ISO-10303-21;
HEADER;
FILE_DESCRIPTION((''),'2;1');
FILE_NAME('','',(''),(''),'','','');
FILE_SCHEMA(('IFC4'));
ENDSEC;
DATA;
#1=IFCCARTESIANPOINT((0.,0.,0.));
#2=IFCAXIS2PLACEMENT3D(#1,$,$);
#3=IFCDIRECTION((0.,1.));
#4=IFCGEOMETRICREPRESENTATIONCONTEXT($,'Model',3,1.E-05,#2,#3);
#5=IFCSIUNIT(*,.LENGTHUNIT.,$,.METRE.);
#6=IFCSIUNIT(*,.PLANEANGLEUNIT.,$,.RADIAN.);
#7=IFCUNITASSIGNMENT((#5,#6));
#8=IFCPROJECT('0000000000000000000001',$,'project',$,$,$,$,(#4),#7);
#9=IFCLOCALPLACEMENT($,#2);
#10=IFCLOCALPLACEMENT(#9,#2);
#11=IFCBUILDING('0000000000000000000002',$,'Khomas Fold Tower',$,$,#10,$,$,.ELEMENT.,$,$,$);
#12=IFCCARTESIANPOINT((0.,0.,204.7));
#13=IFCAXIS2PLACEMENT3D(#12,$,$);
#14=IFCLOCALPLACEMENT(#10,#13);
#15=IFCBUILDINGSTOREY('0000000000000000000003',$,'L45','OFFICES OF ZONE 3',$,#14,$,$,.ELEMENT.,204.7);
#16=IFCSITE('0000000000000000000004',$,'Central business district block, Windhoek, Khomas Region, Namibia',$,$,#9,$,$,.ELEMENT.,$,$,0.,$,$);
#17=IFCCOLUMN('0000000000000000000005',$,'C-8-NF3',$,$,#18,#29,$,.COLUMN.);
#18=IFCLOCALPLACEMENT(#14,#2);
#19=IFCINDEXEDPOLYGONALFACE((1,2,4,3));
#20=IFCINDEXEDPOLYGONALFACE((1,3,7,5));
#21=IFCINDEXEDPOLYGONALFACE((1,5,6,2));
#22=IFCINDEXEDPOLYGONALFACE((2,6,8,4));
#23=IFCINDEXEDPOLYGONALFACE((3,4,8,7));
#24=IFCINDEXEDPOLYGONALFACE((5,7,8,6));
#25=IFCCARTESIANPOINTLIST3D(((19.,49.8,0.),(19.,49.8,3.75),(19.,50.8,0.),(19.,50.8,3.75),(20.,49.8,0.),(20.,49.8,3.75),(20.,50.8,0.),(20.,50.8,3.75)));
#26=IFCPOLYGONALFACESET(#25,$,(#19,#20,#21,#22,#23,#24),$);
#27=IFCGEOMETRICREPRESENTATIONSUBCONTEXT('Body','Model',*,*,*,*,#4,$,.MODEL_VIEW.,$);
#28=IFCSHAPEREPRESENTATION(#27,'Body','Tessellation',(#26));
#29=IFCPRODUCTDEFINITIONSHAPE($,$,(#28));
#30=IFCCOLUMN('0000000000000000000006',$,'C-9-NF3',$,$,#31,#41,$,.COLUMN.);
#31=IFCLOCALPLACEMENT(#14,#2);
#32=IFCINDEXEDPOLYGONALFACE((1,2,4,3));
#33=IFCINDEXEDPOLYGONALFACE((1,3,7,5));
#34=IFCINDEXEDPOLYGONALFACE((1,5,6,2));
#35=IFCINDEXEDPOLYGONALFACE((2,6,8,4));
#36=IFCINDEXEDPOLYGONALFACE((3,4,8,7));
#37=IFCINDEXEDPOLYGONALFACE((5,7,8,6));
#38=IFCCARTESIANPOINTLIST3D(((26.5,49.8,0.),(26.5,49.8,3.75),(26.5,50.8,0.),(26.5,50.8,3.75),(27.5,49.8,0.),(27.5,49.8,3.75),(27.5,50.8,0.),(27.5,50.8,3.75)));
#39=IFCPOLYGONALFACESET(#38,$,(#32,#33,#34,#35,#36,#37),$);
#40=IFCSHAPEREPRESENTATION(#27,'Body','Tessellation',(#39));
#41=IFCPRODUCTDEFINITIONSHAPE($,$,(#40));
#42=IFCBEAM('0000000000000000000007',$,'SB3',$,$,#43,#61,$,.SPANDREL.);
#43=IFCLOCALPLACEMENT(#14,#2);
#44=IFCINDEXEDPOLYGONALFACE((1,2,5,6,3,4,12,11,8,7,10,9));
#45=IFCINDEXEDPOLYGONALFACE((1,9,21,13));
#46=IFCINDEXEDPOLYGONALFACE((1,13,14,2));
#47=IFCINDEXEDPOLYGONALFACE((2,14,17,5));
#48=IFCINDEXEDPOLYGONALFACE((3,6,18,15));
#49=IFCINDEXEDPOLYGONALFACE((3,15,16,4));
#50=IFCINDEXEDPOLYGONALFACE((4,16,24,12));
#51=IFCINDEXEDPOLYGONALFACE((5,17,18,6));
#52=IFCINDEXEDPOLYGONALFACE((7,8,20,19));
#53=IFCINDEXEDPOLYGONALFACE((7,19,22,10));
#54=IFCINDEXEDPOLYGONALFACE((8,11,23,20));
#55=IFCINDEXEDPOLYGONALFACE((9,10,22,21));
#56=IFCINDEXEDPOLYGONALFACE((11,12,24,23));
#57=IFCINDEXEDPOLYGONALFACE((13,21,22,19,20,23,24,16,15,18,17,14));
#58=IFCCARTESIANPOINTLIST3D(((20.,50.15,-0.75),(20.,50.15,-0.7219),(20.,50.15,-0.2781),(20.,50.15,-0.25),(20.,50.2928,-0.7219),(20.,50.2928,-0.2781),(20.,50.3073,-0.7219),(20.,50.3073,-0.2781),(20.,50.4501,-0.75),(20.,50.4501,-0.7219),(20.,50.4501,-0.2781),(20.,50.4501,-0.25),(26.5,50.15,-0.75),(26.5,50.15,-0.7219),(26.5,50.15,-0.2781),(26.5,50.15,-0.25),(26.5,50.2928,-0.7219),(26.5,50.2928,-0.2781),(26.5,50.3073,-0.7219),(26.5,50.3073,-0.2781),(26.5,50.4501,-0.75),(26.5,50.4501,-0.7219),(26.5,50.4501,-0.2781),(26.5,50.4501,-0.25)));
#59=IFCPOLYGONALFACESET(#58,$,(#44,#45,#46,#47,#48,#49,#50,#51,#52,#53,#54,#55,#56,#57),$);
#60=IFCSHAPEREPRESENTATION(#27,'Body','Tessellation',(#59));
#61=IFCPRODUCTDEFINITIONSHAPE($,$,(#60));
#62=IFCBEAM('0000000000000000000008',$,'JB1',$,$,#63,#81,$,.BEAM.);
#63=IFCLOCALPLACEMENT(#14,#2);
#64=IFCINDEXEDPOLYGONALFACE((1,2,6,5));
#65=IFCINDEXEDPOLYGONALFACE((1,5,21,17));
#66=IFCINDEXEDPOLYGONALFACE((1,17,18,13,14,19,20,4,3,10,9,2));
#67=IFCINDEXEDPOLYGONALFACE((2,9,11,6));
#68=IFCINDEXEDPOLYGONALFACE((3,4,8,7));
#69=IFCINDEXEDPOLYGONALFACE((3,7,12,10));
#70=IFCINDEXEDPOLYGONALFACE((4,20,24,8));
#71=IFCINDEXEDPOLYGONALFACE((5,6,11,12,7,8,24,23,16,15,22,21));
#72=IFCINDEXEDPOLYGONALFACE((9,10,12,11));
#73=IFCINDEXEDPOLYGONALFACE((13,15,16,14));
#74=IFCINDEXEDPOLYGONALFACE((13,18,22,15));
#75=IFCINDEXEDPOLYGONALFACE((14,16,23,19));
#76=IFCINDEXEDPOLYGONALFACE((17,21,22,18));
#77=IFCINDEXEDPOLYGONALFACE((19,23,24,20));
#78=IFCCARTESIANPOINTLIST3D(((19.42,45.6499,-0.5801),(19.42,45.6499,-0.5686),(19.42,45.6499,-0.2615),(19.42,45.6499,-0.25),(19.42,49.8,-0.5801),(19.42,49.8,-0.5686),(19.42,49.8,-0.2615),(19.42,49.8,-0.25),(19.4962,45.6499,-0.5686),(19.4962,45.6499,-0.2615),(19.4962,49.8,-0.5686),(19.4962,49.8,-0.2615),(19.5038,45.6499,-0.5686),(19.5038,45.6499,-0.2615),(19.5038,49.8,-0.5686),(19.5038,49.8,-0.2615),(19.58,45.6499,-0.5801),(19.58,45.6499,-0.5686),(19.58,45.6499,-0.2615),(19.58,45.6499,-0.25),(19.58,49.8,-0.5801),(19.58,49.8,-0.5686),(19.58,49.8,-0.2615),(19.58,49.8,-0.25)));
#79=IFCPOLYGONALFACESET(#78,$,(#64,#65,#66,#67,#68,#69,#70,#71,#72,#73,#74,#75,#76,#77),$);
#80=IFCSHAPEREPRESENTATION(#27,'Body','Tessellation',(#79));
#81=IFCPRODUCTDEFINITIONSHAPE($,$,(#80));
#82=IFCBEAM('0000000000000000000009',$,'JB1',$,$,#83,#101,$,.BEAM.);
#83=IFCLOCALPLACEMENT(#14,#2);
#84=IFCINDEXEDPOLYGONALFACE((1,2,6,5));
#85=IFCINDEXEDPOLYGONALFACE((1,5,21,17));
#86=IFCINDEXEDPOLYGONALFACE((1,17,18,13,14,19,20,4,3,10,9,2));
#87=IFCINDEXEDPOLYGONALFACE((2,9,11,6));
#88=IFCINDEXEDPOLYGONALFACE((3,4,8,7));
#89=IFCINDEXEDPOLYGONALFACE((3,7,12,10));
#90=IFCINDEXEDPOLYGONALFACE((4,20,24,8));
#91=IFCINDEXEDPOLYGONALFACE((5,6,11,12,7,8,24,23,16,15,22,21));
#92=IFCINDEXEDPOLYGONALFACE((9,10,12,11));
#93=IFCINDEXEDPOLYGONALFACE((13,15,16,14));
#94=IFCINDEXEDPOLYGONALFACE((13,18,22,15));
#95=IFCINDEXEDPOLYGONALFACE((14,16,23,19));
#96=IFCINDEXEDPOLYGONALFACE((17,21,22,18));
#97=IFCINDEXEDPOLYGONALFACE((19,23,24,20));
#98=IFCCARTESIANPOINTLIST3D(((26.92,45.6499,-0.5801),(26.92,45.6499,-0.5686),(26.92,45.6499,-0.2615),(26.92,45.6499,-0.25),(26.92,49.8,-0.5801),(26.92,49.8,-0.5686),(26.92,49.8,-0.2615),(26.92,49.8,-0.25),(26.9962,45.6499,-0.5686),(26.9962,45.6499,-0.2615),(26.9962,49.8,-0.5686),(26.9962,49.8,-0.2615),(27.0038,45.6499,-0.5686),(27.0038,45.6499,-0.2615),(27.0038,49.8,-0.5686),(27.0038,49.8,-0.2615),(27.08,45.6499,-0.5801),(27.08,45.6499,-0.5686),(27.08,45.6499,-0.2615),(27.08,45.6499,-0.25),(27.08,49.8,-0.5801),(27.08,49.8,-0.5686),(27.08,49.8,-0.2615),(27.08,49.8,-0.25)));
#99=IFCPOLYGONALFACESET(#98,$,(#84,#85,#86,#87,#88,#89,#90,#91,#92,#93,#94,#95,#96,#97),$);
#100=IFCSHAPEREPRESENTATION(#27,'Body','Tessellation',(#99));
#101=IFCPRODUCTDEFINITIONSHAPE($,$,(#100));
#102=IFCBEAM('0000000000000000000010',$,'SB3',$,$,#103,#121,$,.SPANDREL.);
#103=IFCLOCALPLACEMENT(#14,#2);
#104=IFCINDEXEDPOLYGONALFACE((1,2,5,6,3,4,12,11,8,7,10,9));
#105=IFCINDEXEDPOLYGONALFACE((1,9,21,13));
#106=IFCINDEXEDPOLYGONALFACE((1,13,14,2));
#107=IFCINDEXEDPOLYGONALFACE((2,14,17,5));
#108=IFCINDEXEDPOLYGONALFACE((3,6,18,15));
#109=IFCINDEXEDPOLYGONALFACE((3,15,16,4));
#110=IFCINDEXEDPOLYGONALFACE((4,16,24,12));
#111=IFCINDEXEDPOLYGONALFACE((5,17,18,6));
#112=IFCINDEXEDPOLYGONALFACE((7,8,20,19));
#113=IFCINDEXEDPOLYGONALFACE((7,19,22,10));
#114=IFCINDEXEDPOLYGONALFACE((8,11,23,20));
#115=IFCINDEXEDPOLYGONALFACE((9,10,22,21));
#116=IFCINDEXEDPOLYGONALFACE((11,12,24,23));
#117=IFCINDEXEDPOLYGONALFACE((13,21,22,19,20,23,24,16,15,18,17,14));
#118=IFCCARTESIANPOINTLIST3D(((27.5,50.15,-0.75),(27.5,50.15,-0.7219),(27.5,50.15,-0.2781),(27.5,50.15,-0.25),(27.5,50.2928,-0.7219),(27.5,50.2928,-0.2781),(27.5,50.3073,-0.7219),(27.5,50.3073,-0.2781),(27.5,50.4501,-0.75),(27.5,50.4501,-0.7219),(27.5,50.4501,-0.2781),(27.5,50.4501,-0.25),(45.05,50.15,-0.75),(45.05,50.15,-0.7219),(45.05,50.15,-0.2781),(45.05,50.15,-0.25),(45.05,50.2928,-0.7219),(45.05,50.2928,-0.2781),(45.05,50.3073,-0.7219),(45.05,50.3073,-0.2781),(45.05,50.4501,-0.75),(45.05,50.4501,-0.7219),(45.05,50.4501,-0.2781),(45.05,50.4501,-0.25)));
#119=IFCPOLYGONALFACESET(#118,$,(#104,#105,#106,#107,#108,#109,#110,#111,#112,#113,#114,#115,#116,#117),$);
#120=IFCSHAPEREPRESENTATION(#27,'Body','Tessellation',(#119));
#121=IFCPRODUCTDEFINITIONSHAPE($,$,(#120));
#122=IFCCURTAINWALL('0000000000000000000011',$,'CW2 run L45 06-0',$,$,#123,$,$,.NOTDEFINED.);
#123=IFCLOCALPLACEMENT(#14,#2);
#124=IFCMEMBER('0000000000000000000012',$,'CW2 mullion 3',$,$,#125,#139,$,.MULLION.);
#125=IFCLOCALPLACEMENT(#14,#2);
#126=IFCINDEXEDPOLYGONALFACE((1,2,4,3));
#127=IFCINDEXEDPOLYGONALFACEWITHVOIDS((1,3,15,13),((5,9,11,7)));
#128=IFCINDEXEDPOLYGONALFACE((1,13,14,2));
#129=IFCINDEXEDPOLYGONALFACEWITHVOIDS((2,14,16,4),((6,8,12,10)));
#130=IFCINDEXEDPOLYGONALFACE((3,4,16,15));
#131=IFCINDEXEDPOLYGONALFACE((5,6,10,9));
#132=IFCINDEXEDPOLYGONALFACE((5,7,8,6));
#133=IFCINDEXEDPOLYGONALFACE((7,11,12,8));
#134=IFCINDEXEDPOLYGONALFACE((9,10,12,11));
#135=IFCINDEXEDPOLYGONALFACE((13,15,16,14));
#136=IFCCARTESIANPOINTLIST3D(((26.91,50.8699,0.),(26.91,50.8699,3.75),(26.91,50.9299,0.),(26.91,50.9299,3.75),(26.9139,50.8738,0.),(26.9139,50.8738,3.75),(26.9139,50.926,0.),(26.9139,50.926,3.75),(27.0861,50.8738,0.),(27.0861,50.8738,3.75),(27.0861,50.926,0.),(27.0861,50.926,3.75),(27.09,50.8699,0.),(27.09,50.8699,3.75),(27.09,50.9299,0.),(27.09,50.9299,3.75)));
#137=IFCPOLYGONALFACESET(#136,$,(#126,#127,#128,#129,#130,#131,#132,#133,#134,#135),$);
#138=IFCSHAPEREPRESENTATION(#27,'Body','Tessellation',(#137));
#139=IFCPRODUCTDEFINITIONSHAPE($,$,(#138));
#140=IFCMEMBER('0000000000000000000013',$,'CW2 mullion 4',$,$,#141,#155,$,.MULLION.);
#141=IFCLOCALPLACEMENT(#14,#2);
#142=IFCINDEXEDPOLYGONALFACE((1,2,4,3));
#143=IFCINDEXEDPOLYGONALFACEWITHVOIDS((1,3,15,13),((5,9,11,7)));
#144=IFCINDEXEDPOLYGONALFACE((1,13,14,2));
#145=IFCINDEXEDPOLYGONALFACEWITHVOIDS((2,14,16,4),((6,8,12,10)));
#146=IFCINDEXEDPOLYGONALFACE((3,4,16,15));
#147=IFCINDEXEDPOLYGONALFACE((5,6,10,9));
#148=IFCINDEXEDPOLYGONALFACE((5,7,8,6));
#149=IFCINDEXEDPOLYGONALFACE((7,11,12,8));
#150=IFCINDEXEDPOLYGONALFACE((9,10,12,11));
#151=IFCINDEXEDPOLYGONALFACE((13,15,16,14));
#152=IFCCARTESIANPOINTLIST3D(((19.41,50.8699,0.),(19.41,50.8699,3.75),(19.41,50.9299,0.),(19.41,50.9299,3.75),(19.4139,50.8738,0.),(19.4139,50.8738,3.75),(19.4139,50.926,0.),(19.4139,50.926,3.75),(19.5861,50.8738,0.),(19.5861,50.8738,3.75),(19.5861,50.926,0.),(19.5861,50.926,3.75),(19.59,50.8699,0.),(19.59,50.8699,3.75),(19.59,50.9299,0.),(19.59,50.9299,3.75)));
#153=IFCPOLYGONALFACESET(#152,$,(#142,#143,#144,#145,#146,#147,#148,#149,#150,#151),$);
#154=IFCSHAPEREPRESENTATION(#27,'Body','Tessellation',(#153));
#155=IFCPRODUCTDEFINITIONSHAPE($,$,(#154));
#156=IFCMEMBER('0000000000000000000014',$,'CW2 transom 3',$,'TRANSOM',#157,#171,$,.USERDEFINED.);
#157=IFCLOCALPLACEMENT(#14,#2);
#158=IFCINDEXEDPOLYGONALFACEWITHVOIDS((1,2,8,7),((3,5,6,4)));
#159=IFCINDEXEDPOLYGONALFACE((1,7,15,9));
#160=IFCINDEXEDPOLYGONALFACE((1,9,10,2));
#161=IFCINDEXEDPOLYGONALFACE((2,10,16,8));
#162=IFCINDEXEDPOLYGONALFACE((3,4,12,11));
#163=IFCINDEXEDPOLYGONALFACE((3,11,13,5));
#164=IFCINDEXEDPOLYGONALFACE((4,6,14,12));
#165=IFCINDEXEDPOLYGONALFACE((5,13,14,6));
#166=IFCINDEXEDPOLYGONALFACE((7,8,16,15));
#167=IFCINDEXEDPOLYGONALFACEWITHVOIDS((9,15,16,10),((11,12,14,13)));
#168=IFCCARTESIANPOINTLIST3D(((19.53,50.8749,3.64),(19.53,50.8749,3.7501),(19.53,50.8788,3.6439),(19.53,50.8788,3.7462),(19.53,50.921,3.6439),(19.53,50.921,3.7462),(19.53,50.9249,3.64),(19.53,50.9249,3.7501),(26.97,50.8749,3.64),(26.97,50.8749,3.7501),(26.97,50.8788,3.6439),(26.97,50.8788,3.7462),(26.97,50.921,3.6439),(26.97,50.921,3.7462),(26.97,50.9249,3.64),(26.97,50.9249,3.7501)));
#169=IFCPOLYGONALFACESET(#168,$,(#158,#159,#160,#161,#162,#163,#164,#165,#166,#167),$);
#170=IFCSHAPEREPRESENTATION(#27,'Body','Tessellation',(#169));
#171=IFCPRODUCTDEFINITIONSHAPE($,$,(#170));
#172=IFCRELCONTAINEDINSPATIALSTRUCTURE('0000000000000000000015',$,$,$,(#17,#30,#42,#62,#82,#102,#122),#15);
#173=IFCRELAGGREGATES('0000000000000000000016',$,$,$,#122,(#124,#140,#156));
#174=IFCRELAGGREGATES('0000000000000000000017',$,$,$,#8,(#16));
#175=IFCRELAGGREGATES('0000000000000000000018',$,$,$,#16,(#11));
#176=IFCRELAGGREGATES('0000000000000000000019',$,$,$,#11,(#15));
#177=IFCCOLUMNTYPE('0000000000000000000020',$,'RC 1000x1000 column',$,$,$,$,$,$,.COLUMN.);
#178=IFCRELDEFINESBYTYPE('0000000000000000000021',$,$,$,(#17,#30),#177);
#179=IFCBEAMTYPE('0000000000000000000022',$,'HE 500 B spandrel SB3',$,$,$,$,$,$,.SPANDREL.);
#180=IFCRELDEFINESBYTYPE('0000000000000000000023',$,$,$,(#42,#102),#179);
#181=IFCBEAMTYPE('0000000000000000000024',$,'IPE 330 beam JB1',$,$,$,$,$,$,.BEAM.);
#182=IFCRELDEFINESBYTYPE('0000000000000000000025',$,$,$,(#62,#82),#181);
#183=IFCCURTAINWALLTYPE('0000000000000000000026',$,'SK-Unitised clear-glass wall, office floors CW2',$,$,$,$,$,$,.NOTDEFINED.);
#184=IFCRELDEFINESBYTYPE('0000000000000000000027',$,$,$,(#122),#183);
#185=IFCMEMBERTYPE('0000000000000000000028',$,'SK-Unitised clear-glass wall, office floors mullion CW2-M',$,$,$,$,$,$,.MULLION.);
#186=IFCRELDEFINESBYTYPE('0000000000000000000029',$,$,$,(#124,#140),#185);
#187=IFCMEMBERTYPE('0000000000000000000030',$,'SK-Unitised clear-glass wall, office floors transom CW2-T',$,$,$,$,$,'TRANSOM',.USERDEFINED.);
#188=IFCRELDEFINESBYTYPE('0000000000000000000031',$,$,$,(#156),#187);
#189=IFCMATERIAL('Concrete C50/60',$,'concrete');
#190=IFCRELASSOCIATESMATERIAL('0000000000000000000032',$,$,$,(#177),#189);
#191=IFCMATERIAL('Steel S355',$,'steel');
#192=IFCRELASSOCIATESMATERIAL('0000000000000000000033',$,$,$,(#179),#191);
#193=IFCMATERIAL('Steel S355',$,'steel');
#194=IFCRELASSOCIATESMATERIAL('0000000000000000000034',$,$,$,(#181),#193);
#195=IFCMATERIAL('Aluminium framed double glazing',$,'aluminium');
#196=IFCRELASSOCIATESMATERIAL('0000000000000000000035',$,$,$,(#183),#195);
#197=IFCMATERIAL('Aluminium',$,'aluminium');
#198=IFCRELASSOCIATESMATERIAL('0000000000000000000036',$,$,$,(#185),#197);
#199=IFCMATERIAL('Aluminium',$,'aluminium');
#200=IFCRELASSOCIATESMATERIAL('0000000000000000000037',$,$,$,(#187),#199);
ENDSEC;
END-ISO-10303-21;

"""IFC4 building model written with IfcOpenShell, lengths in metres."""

from ifc_helpers import new_model, si_unit, direction, frame, origin, origin_2d, place, context, subcontext, project, spatial, rectangle, hollow_rectangle, i_section, extrude, source, transform, mapped, material, material_profile, profile_set, type_object, element, aggregate, save


model = new_model("IFC4")

# Units and contexts
model_context = context("Model", 3, precision=1e-05, world=origin(), true_north=direction((0.0, 1.0)))
body_context = subcontext(model_context, "Body", "Model", "MODEL_VIEW")
ifc_project = project(units=[si_unit("LENGTHUNIT", "METRE"), si_unit("PLANEANGLEUNIT", "RADIAN")], contexts=[model_context])

# Site, building, storey
site_placement = place(None, origin())
site = spatial("IfcSite", under=ifc_project, at=site_placement, Name="Central business district block, Windhoek, Khomas Region, Namibia", CompositionType="ELEMENT", RefElevation=0.0)
building_placement = place(site_placement, origin())
building = spatial("IfcBuilding", under=site, at=building_placement, Name="Khomas Fold Tower", CompositionType="ELEMENT")
storey_placement = place(building_placement, frame((0.0, 0.0, 204.7)))
storey = spatial("IfcBuildingStorey", under=building, at=storey_placement, Name="L45", Description="OFFICES OF ZONE 3", CompositionType="ELEMENT", Elevation=204.7)

# Columns
ifc_material_1 = material(Name="Concrete C50/60", Category="concrete")
ifc_material_profile_1 = material_profile(ifc_material_1, rectangle(XDim=1.0, YDim=1.0, at=origin_2d()), Name="RC 1000x1000")
ifc_profile_set_1 = profile_set([ifc_material_profile_1], Name="Concrete C50/60")
column_type = type_object("IfcColumnType", Name="RC 1000x1000 column", PredefinedType="COLUMN", material=ifc_profile_set_1)
shared_shape_1 = source(origin(), body_context, "Body", "SweptSolid", [
    extrude(rectangle(XDim=1.0, YDim=1.0, at=origin_2d()), origin(), (0.0, 0.0, 1.0), 3.75),
])
for number, where, z_axis, x_axis, name in (
    (1, (19.5, 50.3, 0.0), (0.0, 0.0, 1.0), (1.0, 0.0, 0.0), "C-8-NF3"),
    (2, (27.0, 50.3, 0.0), (0.0, 0.0, 1.0), (1.0, 0.0, 0.0), "C-9-NF3"),
):
    element("IfcColumn", number, at=place(storey_placement, frame(where, z_axis=z_axis, x_axis=x_axis)), inside=storey, type_object=column_type, Name=name, PredefinedType="COLUMN", context=body_context, shape_type="MappedRepresentation", body=[
        mapped(shared_shape_1, transform((0.0, 0.0, 0.0))),
    ])

# Beams
ifc_material_2 = material(Name="Steel S355", Category="steel")
ifc_material_profile_2 = material_profile(ifc_material_2, i_section(OverallWidth=0.3, OverallDepth=0.5, WebThickness=0.0144, FlangeThickness=0.0281, at=origin_2d()), Name="HE 500 B")
ifc_profile_set_2 = profile_set([ifc_material_profile_2], Name="Steel S355")
beam_type_1 = type_object("IfcBeamType", Name="HE 500 B spandrel SB3", PredefinedType="SPANDREL", material=ifc_profile_set_2)
shared_shape_2 = source(origin(), body_context, "Body", "SweptSolid", [
    extrude(i_section(OverallWidth=0.3, OverallDepth=0.5, WebThickness=0.0144, FlangeThickness=0.0281, at=origin_2d()), origin(), (0.0, 0.0, 1.0), 6.5),
])
beam_1_placement = place(storey_placement, frame((20.0, 50.3, -0.5), z_axis=(1.0, 0.0, 0.0), x_axis=(0.0, 1.0, 0.0)))
element("IfcBeam", 3, at=beam_1_placement, inside=storey, type_object=beam_type_1, Name="SB3", PredefinedType="SPANDREL", context=body_context, shape_type="MappedRepresentation", body=[
    mapped(shared_shape_2, transform((0.0, 0.0, 0.0))),
])
ifc_material_3 = material(Name="Steel S355", Category="steel")
ifc_material_profile_3 = material_profile(ifc_material_3, i_section(OverallWidth=0.1599, OverallDepth=0.3301, WebThickness=0.0076, FlangeThickness=0.0115, at=origin_2d()), Name="IPE 330")
ifc_profile_set_3 = profile_set([ifc_material_profile_3], Name="Steel S355")
beam_type_2 = type_object("IfcBeamType", Name="IPE 330 beam JB1", PredefinedType="BEAM", material=ifc_profile_set_3)
shared_shape_3 = source(origin(), body_context, "Body", "SweptSolid", [
    extrude(i_section(OverallWidth=0.1599, OverallDepth=0.3301, WebThickness=0.0076, FlangeThickness=0.0115, at=origin_2d()), origin(), (0.0, 0.0, 1.0), 4.1501),
])
for number, where, z_axis, x_axis, name in (
    (4, (19.5, 45.6499, -0.415), (0.0, 1.0, 0.0), (-1.0, 0.0, 0.0), "JB1"),
    (5, (27.0, 45.6499, -0.415), (0.0, 1.0, 0.0), (-1.0, 0.0, 0.0), "JB1"),
):
    element("IfcBeam", number, at=place(storey_placement, frame(where, z_axis=z_axis, x_axis=x_axis)), inside=storey, type_object=beam_type_2, Name=name, PredefinedType="BEAM", context=body_context, shape_type="MappedRepresentation", body=[
        mapped(shared_shape_3, transform((0.0, 0.0, 0.0))),
    ])
shared_shape_4 = source(origin(), body_context, "Body", "SweptSolid", [
    extrude(i_section(OverallWidth=0.3, OverallDepth=0.5, WebThickness=0.0144, FlangeThickness=0.0281, at=origin_2d()), origin(), (0.0, 0.0, 1.0), 17.55),
])
beam_2_placement = place(storey_placement, frame((27.5, 50.3, -0.5), z_axis=(1.0, 0.0, 0.0), x_axis=(0.0, 1.0, 0.0)))
element("IfcBeam", 6, at=beam_2_placement, inside=storey, type_object=beam_type_1, Name="SB3", PredefinedType="SPANDREL", context=body_context, shape_type="MappedRepresentation", body=[
    mapped(shared_shape_4, transform((0.0, 0.0, 0.0))),
])

# Curtain wall, members
ifc_material_4 = material(Name="Aluminium framed double glazing", Category="aluminium")
curtain_wall_type = type_object("IfcCurtainWallType", Name="SK-Unitised clear-glass wall, office floors CW2", PredefinedType="NOTDEFINED", material=ifc_material_4)
curtain_wall_placement = place(storey_placement, origin())
curtain_wall = element("IfcCurtainWall", 7, at=curtain_wall_placement, inside=storey, type_object=curtain_wall_type, Name="CW2 run L45 06-0", PredefinedType="NOTDEFINED")
ifc_material_5 = material(Name="Aluminium", Category="aluminium")
ifc_material_profile_4 = material_profile(ifc_material_5, hollow_rectangle(XDim=0.0601, YDim=0.1799, WallThickness=0.0039, at=origin_2d()), Name="SK-Unitised clear-glass wall, office floors mullion CW2-M")
ifc_profile_set_4 = profile_set([ifc_material_profile_4], Name="Aluminium")
member_type_1 = type_object("IfcMemberType", Name="SK-Unitised clear-glass wall, office floors mullion CW2-M", PredefinedType="MULLION", material=ifc_profile_set_4)
shared_shape_5 = source(origin(), body_context, "Body", "SweptSolid", [
    extrude(hollow_rectangle(XDim=0.0601, YDim=0.1799, WallThickness=0.0039, at=origin_2d()), origin(), (0.0, 0.0, 1.0), 3.75),
])
member_1_placement = place(storey_placement, frame((27.0, 50.8999, 0.0), z_axis=(0.0, 0.0, 1.0), x_axis=(0.0, -1.0, 0.0)))
member_1 = element("IfcMember", 8, at=member_1_placement, type_object=member_type_1, Name="CW2 mullion 3", PredefinedType="MULLION", context=body_context, shape_type="MappedRepresentation", body=[
    mapped(shared_shape_5, transform((0.0, 0.0, 0.0))),
])
member_2_placement = place(storey_placement, frame((19.5, 50.8999, 0.0), z_axis=(0.0, 0.0, 1.0), x_axis=(0.0, -1.0, 0.0)))
member_2 = element("IfcMember", 9, at=member_2_placement, type_object=member_type_1, Name="CW2 mullion 4", PredefinedType="MULLION", context=body_context, shape_type="MappedRepresentation", body=[
    mapped(shared_shape_5, transform((0.0, 0.0, 0.0))),
])
ifc_material_6 = material(Name="Aluminium", Category="aluminium")
ifc_material_profile_5 = material_profile(ifc_material_6, hollow_rectangle(XDim=0.05, YDim=0.1101, WallThickness=0.0039, at=origin_2d()), Name="SK-Unitised clear-glass wall, office floors transom CW2-T")
ifc_profile_set_5 = profile_set([ifc_material_profile_5], Name="Aluminium")
member_type_2 = type_object("IfcMemberType", Name="SK-Unitised clear-glass wall, office floors transom CW2-T", ElementType="TRANSOM", PredefinedType="USERDEFINED", material=ifc_profile_set_5)
shared_shape_6 = source(origin(), body_context, "Body", "SweptSolid", [
    extrude(hollow_rectangle(XDim=0.05, YDim=0.1101, WallThickness=0.0039, at=origin_2d()), origin(), (0.0, 0.0, 1.0), 7.4399),
])
member_3_placement = place(storey_placement, frame((26.97, 50.8999, 3.6951), z_axis=(-1.0, 0.0, 0.0), x_axis=(0.0, -1.0, 0.0)))
member_3 = element("IfcMember", 10, at=member_3_placement, type_object=member_type_2, Name="CW2 transom 3", ObjectType="TRANSOM", PredefinedType="USERDEFINED", context=body_context, shape_type="MappedRepresentation", body=[
    mapped(shared_shape_6, transform((0.0, 0.0, 0.0))),
])
aggregate(curtain_wall, [member_1, member_2, member_3])

save(model, "model.ifc")
